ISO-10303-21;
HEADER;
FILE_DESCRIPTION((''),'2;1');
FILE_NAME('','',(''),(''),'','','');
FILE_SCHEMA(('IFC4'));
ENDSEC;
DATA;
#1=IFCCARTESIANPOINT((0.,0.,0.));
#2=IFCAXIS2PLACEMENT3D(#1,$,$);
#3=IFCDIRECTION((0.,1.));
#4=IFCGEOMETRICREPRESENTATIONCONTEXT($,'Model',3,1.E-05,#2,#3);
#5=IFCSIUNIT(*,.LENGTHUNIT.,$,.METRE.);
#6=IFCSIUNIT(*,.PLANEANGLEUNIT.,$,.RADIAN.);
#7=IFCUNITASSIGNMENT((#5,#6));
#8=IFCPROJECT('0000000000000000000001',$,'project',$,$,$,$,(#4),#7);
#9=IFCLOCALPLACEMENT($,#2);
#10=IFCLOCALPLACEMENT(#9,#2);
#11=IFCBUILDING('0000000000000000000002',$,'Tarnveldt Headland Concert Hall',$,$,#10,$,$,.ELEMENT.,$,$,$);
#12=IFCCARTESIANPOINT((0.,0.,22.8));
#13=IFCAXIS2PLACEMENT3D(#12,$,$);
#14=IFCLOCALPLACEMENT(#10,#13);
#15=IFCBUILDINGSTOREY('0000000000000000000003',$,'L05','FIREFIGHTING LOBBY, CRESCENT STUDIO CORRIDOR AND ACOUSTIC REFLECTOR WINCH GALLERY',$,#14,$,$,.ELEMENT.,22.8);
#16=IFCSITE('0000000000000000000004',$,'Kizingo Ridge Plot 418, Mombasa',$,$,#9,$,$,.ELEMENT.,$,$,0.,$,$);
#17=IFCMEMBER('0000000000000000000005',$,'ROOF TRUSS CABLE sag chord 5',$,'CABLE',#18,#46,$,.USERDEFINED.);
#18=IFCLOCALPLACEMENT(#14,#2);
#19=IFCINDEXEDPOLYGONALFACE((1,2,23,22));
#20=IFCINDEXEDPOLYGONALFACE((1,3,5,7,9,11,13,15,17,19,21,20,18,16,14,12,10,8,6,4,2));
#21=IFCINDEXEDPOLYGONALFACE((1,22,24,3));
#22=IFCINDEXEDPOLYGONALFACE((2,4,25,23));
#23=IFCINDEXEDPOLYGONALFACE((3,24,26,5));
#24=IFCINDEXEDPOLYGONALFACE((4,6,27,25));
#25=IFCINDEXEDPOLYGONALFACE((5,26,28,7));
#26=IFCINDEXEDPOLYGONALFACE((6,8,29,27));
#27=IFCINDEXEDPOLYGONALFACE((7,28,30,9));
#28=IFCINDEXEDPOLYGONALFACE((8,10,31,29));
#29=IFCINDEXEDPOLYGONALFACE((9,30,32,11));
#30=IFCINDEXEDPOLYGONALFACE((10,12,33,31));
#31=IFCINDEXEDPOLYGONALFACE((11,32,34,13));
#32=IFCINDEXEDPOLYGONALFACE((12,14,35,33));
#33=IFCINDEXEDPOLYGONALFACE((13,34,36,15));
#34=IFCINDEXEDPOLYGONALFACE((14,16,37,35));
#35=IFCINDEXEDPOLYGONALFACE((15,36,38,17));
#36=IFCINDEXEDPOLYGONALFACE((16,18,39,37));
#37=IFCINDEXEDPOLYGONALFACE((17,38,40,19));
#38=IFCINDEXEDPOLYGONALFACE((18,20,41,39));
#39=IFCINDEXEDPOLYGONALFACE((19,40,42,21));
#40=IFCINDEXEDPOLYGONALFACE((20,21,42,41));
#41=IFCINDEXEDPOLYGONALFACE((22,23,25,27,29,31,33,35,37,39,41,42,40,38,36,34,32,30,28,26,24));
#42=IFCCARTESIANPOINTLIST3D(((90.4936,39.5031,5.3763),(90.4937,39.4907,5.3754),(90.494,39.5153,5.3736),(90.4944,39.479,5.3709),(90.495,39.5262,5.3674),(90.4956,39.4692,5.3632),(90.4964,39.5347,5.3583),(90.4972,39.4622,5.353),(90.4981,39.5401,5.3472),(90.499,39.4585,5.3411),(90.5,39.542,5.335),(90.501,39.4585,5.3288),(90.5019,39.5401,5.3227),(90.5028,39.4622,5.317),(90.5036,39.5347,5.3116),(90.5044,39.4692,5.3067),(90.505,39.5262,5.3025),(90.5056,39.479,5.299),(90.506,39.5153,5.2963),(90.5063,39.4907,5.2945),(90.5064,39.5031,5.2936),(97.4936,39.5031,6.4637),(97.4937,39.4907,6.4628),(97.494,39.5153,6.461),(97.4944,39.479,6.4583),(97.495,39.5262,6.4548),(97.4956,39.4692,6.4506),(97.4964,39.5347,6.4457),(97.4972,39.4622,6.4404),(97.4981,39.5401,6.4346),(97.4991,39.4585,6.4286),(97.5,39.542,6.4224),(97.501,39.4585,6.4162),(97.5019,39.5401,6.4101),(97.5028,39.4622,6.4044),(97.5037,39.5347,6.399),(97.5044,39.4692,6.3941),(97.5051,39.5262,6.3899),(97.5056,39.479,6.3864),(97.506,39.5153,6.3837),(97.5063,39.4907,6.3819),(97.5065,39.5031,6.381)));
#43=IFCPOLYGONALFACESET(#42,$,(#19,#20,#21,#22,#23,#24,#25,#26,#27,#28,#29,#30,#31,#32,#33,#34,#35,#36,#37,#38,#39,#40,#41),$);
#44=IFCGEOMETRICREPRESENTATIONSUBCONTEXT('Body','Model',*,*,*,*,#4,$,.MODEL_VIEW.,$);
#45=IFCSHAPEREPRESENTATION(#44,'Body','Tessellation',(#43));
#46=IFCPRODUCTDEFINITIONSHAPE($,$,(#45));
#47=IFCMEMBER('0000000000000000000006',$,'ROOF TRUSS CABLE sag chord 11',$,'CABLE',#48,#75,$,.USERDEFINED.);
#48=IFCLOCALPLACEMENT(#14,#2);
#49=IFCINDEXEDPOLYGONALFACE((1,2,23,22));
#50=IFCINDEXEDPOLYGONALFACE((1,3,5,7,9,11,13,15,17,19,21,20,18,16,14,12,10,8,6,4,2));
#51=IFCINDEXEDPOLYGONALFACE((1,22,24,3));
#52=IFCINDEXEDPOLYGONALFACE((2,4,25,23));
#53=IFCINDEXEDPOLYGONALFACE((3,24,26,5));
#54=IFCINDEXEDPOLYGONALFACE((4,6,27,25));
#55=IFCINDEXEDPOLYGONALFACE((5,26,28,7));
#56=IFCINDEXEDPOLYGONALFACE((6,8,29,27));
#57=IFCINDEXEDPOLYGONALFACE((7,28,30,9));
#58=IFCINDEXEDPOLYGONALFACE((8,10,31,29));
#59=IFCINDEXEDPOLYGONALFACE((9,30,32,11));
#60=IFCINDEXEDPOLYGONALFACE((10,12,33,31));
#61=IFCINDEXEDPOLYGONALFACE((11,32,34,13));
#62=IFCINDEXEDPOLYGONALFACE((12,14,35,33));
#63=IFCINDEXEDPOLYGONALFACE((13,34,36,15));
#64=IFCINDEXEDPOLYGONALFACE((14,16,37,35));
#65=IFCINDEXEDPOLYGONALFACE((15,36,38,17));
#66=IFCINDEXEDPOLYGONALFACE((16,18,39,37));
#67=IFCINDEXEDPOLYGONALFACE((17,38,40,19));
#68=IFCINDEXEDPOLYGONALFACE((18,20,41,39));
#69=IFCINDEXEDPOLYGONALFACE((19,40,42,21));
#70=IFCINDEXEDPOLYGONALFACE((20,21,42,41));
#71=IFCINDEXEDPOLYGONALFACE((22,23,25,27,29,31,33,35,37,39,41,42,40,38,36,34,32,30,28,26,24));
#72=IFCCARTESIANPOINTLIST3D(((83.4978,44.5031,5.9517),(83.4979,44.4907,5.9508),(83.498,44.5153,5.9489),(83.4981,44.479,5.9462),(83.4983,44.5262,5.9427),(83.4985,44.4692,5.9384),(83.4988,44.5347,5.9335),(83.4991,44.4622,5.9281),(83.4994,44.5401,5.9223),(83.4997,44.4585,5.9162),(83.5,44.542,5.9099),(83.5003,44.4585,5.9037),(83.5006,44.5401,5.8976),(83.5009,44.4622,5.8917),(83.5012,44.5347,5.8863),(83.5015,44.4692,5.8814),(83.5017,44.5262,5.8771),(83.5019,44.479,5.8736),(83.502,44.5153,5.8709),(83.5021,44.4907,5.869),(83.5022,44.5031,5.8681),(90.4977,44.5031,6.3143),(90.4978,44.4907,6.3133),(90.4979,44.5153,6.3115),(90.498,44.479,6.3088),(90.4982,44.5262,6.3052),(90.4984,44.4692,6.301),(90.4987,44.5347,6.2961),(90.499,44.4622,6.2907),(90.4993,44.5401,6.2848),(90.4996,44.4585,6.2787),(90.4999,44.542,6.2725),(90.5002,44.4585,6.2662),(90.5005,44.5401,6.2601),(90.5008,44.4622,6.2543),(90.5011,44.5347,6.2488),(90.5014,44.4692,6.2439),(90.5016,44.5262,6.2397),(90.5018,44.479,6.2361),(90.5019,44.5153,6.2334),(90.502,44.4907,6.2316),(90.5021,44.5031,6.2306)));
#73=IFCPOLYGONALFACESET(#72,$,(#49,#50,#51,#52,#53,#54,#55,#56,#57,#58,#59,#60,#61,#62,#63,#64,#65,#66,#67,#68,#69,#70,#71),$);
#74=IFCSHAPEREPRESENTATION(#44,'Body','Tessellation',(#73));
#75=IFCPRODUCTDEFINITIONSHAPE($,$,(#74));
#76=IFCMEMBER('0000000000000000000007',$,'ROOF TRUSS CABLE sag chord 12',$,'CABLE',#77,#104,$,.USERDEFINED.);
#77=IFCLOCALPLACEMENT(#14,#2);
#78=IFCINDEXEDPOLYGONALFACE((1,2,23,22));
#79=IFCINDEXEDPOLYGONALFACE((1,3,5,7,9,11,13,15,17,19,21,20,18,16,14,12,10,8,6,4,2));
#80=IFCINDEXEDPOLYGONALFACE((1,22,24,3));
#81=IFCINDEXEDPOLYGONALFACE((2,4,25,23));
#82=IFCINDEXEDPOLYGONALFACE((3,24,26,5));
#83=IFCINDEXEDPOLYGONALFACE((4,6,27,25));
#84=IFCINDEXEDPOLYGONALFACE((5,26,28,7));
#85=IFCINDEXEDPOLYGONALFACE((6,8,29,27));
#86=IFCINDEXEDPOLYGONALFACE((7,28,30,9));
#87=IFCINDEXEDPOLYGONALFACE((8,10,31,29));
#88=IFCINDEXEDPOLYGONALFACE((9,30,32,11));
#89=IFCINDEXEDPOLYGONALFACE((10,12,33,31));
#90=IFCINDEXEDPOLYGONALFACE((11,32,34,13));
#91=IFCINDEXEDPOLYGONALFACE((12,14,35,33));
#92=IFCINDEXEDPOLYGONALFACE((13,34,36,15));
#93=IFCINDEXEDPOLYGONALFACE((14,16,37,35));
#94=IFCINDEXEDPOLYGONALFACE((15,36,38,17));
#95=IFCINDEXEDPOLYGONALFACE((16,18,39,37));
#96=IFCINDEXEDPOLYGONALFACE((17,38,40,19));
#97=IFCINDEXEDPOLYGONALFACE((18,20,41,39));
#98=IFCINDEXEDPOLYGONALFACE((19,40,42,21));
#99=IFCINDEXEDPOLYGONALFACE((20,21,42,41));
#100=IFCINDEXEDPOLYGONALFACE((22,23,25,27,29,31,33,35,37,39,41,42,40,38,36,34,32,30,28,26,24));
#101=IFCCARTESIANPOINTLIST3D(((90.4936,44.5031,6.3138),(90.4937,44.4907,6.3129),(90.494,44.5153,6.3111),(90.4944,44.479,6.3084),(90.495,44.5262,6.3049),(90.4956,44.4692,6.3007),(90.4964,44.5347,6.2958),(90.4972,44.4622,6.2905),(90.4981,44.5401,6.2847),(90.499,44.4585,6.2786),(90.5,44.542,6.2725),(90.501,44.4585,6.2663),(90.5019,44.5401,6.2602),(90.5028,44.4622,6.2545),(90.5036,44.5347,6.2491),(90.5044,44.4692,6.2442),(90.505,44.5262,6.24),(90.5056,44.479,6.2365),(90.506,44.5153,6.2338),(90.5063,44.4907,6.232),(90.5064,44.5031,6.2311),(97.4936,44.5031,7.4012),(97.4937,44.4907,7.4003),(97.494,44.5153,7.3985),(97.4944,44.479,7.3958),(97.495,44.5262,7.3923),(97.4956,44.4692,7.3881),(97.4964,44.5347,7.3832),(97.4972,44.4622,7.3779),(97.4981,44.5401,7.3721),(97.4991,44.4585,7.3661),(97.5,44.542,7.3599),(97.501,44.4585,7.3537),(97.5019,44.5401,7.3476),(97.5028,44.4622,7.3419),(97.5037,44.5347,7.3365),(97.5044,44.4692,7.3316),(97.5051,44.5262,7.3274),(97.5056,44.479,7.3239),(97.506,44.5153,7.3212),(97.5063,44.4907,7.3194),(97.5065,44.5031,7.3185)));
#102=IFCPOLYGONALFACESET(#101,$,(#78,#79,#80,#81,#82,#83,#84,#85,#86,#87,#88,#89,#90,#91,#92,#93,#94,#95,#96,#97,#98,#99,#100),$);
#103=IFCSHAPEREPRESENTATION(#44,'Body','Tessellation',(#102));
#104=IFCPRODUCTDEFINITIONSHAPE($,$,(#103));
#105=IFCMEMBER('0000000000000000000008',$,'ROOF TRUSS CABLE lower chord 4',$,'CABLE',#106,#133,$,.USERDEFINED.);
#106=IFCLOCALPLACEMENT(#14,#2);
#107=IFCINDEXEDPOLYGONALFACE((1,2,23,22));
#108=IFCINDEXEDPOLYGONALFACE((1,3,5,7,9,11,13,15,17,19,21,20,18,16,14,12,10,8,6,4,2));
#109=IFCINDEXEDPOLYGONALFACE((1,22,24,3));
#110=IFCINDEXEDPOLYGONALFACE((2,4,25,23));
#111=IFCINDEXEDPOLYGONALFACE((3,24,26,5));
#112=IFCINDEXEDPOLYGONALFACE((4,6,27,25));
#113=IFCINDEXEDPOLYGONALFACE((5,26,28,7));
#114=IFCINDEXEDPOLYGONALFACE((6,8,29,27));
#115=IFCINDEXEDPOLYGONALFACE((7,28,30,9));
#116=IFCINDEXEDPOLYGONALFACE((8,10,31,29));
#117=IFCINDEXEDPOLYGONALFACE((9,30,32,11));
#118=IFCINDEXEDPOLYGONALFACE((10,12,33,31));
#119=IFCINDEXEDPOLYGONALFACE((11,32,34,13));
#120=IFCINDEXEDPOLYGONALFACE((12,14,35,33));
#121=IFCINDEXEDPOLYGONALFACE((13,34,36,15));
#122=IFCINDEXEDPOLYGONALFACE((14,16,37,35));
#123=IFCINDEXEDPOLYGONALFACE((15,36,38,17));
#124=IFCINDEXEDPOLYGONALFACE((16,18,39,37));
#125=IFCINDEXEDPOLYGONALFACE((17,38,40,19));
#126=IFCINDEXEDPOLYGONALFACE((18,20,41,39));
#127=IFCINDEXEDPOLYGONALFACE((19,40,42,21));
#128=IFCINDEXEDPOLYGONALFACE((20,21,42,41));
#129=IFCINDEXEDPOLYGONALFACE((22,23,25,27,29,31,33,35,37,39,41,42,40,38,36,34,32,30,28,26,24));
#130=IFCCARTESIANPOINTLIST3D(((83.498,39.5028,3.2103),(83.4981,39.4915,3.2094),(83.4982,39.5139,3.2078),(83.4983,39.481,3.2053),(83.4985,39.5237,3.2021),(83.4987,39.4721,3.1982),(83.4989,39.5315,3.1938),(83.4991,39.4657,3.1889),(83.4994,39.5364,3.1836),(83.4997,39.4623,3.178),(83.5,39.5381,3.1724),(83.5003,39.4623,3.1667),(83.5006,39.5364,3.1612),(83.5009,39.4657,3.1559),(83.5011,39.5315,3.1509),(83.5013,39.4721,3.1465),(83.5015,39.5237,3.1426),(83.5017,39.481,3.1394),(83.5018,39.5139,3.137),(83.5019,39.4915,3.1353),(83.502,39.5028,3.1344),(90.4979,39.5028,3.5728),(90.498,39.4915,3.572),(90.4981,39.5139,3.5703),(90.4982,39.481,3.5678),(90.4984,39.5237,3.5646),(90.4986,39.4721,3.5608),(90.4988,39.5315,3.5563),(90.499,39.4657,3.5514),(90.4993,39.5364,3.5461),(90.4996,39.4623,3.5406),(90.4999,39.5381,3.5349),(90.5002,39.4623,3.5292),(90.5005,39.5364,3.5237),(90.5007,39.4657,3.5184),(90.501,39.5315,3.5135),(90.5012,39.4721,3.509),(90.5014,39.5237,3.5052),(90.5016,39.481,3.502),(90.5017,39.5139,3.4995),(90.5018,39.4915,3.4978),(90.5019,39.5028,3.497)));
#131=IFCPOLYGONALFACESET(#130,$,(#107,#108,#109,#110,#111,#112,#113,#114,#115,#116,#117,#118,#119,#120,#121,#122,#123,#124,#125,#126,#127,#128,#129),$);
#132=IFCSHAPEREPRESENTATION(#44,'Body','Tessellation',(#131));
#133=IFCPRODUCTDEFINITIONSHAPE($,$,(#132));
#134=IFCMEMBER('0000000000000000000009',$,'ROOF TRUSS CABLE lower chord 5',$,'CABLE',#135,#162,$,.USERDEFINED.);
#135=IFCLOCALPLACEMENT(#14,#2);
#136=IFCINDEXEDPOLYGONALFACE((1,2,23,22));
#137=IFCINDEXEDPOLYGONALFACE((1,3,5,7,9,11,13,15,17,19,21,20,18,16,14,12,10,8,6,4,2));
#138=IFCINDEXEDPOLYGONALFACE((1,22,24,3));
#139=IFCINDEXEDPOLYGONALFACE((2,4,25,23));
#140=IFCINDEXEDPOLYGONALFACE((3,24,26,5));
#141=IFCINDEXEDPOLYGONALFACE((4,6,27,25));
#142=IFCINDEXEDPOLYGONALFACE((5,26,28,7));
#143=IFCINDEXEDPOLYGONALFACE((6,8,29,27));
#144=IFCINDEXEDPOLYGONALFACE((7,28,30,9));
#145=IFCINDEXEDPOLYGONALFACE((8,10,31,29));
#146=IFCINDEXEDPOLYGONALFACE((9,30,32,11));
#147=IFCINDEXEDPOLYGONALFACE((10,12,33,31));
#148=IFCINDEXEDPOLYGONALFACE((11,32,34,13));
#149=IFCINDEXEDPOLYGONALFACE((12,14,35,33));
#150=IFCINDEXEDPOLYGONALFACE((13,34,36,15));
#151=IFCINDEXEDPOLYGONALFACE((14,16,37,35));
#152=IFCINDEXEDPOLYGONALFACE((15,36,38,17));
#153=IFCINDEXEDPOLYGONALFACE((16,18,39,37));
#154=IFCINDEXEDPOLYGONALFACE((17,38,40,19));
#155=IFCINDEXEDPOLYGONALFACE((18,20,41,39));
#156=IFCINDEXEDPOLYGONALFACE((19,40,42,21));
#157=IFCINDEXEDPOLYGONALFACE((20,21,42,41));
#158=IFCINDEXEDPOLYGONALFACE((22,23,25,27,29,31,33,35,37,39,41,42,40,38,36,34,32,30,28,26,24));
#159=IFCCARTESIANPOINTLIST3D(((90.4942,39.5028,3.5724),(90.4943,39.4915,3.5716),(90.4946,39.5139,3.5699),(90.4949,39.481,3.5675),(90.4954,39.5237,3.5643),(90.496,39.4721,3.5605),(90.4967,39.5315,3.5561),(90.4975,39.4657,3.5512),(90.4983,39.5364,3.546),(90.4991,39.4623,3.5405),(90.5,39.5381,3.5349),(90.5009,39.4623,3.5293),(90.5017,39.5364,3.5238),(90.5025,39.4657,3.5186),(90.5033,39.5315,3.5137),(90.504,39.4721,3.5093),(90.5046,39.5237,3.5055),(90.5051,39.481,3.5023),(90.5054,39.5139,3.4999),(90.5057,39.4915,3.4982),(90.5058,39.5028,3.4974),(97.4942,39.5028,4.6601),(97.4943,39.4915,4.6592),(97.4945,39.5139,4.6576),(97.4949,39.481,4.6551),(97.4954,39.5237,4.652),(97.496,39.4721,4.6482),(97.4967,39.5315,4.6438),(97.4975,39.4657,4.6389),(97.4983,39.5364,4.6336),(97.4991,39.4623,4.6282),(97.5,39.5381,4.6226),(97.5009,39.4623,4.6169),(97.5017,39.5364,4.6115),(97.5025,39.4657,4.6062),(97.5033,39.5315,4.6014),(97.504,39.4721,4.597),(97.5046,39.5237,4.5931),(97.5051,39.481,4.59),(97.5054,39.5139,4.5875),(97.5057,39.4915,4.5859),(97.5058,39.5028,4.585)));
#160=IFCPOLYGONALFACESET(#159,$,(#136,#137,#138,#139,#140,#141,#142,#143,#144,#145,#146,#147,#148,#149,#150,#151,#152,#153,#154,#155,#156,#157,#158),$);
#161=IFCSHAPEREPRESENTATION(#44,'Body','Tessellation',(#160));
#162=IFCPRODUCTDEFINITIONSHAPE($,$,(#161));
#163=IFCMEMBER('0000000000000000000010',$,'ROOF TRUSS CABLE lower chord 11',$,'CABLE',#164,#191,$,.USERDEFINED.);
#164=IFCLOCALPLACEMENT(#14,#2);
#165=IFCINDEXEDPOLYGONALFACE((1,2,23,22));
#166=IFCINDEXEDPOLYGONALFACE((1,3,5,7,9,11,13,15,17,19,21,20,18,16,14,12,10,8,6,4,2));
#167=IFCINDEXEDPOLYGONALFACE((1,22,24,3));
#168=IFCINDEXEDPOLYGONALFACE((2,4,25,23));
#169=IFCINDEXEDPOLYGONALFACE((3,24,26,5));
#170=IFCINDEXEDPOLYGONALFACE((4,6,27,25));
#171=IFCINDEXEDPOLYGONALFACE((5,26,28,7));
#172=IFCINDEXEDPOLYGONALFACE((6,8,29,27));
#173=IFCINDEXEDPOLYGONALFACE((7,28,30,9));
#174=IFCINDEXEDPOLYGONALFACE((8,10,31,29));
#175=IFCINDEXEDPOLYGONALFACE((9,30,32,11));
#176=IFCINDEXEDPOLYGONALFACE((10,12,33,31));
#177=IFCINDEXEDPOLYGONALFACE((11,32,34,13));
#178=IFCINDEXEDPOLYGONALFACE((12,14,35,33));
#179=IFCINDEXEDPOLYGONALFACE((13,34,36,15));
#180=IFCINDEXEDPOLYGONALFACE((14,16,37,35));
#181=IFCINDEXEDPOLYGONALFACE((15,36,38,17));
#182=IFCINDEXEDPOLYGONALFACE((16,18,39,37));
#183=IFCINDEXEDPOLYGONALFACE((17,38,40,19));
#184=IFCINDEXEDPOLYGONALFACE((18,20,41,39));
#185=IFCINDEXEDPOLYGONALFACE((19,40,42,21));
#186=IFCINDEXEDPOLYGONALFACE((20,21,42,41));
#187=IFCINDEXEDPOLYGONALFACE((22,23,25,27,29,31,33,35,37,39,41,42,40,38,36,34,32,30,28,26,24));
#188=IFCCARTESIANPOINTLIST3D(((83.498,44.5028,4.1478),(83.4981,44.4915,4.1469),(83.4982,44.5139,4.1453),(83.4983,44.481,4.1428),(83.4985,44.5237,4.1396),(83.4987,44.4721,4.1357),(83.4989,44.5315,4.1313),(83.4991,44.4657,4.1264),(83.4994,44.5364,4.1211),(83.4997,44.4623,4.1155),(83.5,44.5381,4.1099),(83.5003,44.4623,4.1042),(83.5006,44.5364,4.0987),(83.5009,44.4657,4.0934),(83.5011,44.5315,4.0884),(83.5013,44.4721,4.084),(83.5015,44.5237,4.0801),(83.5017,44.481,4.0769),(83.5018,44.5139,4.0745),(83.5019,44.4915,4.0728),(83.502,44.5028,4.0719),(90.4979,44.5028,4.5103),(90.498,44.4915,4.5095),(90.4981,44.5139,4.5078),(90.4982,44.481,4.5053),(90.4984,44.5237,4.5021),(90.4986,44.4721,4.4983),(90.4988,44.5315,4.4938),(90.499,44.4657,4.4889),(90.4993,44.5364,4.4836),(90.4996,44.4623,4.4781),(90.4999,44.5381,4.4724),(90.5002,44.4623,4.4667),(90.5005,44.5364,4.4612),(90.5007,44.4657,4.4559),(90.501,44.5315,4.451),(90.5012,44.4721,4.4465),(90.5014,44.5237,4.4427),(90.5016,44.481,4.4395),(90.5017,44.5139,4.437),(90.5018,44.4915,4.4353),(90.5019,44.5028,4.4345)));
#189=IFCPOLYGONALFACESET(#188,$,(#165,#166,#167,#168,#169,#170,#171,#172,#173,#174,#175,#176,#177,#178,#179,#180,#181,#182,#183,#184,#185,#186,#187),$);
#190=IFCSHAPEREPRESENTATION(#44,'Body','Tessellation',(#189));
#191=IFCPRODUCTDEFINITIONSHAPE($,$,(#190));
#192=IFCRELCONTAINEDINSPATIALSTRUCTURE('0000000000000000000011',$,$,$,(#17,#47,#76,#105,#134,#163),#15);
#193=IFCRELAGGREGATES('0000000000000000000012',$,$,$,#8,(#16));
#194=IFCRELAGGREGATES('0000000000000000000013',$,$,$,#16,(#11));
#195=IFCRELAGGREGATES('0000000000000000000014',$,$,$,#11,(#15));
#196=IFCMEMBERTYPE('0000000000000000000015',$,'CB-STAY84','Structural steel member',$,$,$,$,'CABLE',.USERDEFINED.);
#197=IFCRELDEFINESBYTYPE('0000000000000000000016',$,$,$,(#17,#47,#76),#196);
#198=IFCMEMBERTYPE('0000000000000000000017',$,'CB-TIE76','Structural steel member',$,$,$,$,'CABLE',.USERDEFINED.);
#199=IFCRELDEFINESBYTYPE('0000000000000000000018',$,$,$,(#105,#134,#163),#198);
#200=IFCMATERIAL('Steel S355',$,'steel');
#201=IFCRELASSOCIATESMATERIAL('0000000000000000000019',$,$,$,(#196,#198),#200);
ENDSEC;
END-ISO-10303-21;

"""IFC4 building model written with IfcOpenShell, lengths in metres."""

from ifc_helpers import new_model, si_unit, direction, frame, origin, origin_2d, place, context, subcontext, project, spatial, circle, extrude, material, material_profile, profile_set, type_object, element, save


model = new_model("IFC4")

# Units and contexts
model_context = context("Model", 3, precision=1e-05, world=origin(), true_north=direction((0.0, 1.0)))
body_context = subcontext(model_context, "Body", "Model", "MODEL_VIEW")
ifc_project = project(units=[si_unit("LENGTHUNIT", "METRE"), si_unit("PLANEANGLEUNIT", "RADIAN")], contexts=[model_context])

# Site, building, storey
site_placement = place(None, origin())
site = spatial("IfcSite", under=ifc_project, at=site_placement, Name="Kizingo Ridge Plot 418, Mombasa", CompositionType="ELEMENT", RefElevation=0.0)
building_placement = place(site_placement, origin())
building = spatial("IfcBuilding", under=site, at=building_placement, Name="Tarnveldt Headland Concert Hall", CompositionType="ELEMENT")
storey_placement = place(building_placement, frame((0.0, 0.0, 22.8)))
storey = spatial("IfcBuildingStorey", under=building, at=storey_placement, Name="L05", Description="FIREFIGHTING LOBBY, CRESCENT STUDIO CORRIDOR AND ACOUSTIC REFLECTOR WINCH GALLERY", CompositionType="ELEMENT", Elevation=22.8)

# Members
ifc_material_1 = material(Name="Steel S355", Category="steel")
ifc_material_profile_1 = material_profile(ifc_material_1, circle(Radius=0.042, at=origin_2d()), Name="LC D84", Category="steel")
ifc_profile_set_1 = profile_set([ifc_material_profile_1], Name="Steel S355")
member_type_1 = type_object("IfcMemberType", Name="CB-STAY84", Description="Structural steel member", ElementType="CABLE", PredefinedType="USERDEFINED", material=ifc_profile_set_1)
member_1_placement = place(storey_placement, frame((90.5, 39.5, 5.335), z_axis=(0.988148, 0.0, 0.153502), x_axis=(0.0, 1.0, 0.0)))
element("IfcMember", 1, at=member_1_placement, inside=storey, type_object=member_type_1, Name="ROOF TRUSS CABLE sag chord 5", ObjectType="CABLE", PredefinedType="USERDEFINED", context=body_context, shape_type="SweptSolid", body=[
    extrude(circle(Radius=0.042, at=origin_2d()), origin(), (0.0, 0.0, 1.0), 7.084),
])
member_2_placement = place(storey_placement, frame((83.5, 44.5, 5.9099), z_axis=(0.998661, 0.0, 0.051723), x_axis=(0.0, 1.0, 0.0)))
element("IfcMember", 2, at=member_2_placement, inside=storey, type_object=member_type_1, Name="ROOF TRUSS CABLE sag chord 11", ObjectType="CABLE", PredefinedType="USERDEFINED", context=body_context, shape_type="SweptSolid", body=[
    extrude(circle(Radius=0.042, at=origin_2d()), origin(), (0.0, 0.0, 1.0), 7.0093),
])
member_3_placement = place(storey_placement, frame((90.5, 44.5, 6.2725), z_axis=(0.988148, 0.0, 0.153502), x_axis=(0.0, 1.0, 0.0)))
element("IfcMember", 3, at=member_3_placement, inside=storey, type_object=member_type_1, Name="ROOF TRUSS CABLE sag chord 12", ObjectType="CABLE", PredefinedType="USERDEFINED", context=body_context, shape_type="SweptSolid", body=[
    extrude(circle(Radius=0.042, at=origin_2d()), origin(), (0.0, 0.0, 1.0), 7.084),
])
ifc_material_profile_2 = material_profile(ifc_material_1, circle(Radius=0.0381, at=origin_2d()), Name="LC D76", Category="steel")
ifc_profile_set_2 = profile_set([ifc_material_profile_2], Name="Steel S355")
member_type_2 = type_object("IfcMemberType", Name="CB-TIE76", Description="Structural steel member", ElementType="CABLE", PredefinedType="USERDEFINED", material=ifc_profile_set_2)
member_4_placement = place(storey_placement, frame((83.5, 39.5, 3.1724), z_axis=(0.998661, 0.0, 0.051723), x_axis=(0.0, 1.0, 0.0)))
element("IfcMember", 4, at=member_4_placement, inside=storey, type_object=member_type_2, Name="ROOF TRUSS CABLE lower chord 4", ObjectType="CABLE", PredefinedType="USERDEFINED", context=body_context, shape_type="SweptSolid", body=[
    extrude(circle(Radius=0.0381, at=origin_2d()), origin(), (0.0, 0.0, 1.0), 7.0093),
])
member_5_placement = place(storey_placement, frame((90.5, 39.5, 3.5349), z_axis=(0.988143, 0.0, 0.153536), x_axis=(0.0, 1.0, 0.0)))
element("IfcMember", 5, at=member_5_placement, inside=storey, type_object=member_type_2, Name="ROOF TRUSS CABLE lower chord 5", ObjectType="CABLE", PredefinedType="USERDEFINED", context=body_context, shape_type="SweptSolid", body=[
    extrude(circle(Radius=0.0381, at=origin_2d()), origin(), (0.0, 0.0, 1.0), 7.084),
])
member_6_placement = place(storey_placement, frame((83.5, 44.5, 4.1099), z_axis=(0.998661, 0.0, 0.051723), x_axis=(0.0, 1.0, 0.0)))
element("IfcMember", 6, at=member_6_placement, inside=storey, type_object=member_type_2, Name="ROOF TRUSS CABLE lower chord 11", ObjectType="CABLE", PredefinedType="USERDEFINED", context=body_context, shape_type="SweptSolid", body=[
    extrude(circle(Radius=0.0381, at=origin_2d()), origin(), (0.0, 0.0, 1.0), 7.0093),
])

save(model, "model.ifc")
